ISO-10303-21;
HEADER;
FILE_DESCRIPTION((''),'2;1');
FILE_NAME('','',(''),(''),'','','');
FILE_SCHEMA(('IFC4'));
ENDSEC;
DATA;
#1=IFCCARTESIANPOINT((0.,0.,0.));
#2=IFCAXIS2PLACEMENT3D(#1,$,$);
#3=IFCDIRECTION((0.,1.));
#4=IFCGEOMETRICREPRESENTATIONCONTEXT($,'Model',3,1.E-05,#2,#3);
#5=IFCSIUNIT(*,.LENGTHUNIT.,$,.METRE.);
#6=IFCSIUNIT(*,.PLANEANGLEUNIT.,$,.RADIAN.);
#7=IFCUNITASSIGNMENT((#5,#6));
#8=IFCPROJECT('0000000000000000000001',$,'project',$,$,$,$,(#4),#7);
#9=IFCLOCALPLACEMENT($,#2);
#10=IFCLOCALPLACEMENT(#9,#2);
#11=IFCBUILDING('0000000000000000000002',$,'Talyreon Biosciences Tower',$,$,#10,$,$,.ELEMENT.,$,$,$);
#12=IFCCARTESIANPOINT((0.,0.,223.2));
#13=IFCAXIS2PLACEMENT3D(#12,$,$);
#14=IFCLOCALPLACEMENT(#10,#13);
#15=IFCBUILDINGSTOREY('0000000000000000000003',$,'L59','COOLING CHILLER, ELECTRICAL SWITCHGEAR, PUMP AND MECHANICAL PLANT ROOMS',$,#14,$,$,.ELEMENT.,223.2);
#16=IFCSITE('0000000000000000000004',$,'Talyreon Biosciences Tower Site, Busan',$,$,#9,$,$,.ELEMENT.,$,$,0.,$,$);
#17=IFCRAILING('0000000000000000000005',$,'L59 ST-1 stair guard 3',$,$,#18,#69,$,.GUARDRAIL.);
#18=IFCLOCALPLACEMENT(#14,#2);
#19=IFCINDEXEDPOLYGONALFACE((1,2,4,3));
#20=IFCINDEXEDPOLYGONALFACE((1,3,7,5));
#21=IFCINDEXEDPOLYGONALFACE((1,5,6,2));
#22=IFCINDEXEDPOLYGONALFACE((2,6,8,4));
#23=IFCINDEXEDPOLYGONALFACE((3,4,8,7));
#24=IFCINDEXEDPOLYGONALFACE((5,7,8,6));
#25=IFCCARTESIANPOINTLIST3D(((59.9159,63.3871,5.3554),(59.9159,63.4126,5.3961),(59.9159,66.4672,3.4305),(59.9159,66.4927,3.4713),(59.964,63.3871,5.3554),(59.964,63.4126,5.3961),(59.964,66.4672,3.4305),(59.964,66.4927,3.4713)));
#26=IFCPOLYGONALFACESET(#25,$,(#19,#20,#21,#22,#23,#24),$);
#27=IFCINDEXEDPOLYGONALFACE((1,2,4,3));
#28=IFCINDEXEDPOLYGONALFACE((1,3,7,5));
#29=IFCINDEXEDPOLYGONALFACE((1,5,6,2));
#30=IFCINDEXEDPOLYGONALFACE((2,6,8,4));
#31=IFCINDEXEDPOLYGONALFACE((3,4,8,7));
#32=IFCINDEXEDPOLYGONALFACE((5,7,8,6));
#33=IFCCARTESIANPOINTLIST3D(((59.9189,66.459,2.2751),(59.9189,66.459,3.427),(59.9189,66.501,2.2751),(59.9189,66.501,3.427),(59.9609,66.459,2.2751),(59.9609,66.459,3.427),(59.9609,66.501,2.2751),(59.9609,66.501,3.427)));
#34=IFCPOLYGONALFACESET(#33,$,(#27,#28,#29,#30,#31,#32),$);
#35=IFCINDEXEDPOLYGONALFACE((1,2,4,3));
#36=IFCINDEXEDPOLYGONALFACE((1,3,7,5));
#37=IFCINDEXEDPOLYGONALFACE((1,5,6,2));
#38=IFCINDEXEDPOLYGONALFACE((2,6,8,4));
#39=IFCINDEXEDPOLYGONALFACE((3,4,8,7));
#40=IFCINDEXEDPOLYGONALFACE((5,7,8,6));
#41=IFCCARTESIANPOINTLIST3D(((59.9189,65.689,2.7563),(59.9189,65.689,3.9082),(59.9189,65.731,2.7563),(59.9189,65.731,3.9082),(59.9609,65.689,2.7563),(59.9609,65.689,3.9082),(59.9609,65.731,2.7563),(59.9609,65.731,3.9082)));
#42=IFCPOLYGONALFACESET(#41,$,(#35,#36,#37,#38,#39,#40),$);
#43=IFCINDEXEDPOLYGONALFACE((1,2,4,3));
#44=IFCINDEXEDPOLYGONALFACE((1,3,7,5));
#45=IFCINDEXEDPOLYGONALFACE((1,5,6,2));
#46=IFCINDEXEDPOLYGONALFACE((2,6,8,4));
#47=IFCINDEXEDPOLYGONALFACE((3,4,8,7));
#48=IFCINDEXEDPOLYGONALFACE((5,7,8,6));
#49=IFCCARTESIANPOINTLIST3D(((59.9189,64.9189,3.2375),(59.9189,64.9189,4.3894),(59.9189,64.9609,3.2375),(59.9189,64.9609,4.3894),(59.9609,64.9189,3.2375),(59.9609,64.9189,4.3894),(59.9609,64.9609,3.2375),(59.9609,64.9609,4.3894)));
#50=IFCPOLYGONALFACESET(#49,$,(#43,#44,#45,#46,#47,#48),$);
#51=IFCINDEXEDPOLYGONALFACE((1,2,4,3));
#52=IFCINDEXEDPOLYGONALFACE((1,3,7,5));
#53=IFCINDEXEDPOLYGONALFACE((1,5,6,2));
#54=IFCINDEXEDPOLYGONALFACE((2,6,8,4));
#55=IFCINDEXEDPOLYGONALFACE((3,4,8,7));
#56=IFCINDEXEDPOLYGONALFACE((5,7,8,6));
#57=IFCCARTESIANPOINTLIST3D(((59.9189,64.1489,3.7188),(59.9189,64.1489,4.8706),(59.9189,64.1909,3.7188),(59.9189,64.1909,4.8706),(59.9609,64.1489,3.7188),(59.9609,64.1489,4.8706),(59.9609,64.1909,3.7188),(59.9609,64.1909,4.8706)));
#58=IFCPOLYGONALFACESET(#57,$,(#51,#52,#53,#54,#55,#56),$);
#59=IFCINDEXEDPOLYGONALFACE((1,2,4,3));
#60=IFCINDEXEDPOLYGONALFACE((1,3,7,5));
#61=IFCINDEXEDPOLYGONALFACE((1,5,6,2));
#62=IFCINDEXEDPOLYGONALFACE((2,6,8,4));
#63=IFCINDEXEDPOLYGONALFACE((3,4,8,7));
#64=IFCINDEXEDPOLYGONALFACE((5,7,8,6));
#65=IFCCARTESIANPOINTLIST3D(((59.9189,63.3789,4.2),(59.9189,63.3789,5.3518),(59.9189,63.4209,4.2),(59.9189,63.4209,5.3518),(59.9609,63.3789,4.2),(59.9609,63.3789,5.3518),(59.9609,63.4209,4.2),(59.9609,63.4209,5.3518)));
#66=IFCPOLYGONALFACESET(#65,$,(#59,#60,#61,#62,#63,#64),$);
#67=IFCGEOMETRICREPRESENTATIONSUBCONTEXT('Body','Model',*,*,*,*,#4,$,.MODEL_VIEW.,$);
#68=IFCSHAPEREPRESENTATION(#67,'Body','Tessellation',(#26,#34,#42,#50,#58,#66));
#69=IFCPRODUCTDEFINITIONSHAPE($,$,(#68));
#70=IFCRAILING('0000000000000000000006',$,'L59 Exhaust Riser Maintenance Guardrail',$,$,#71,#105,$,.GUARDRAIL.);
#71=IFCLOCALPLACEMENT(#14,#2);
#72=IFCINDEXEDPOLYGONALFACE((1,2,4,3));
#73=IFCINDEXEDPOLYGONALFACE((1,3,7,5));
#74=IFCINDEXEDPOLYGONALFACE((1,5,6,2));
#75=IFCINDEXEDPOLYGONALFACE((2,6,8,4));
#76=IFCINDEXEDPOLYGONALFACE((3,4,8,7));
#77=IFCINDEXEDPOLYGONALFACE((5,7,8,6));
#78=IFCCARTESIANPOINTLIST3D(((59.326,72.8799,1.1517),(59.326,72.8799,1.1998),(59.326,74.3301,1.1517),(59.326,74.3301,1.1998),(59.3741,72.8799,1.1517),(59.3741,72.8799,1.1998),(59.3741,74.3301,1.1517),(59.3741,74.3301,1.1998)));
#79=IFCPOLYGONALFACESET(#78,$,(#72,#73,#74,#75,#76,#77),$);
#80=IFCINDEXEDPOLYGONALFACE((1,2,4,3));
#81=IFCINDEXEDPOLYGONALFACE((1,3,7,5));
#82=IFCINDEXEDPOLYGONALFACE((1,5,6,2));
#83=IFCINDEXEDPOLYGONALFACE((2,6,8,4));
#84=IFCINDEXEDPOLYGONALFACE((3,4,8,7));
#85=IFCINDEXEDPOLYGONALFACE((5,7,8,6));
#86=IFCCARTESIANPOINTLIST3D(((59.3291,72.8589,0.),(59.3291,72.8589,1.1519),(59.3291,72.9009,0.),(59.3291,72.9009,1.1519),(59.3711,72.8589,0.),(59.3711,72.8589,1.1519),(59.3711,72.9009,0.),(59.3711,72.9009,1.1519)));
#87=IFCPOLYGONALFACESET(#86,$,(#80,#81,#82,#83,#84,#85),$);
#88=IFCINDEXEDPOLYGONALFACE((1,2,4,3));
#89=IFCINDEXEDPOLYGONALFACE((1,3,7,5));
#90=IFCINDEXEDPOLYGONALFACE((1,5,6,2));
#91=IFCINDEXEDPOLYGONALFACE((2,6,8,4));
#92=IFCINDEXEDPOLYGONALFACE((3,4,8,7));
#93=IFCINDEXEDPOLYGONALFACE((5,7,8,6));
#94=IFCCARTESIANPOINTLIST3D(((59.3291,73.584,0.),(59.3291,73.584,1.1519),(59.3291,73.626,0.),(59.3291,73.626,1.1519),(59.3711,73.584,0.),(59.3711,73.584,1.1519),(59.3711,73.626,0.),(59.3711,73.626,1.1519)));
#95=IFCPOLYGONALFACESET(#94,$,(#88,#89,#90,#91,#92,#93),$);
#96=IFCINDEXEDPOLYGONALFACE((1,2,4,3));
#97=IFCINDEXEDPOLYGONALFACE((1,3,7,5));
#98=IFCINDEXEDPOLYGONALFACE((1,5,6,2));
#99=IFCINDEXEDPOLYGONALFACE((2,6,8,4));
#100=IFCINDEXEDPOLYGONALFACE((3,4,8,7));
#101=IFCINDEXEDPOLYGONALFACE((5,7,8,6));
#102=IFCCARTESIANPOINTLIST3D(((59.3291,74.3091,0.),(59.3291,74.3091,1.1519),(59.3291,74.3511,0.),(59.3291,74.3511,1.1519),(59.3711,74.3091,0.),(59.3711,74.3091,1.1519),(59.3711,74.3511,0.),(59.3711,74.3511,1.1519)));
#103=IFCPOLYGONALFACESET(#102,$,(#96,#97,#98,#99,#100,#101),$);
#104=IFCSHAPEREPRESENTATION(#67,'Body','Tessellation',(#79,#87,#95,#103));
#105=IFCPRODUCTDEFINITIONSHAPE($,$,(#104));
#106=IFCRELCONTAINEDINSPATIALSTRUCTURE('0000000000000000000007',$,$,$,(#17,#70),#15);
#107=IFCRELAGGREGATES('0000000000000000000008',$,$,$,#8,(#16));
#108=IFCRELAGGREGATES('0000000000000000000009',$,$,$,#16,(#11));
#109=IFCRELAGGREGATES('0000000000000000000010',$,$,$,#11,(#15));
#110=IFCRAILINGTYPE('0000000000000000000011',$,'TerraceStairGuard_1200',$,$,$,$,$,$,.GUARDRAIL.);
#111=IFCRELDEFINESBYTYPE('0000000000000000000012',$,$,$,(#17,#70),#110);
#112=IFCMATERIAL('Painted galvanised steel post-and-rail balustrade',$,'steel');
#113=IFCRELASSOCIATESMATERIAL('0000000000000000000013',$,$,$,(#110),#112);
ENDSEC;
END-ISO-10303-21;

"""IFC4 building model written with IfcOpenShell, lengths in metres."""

from ifc_helpers import new_model, si_unit, direction, frame, origin, origin_2d, place, context, subcontext, project, spatial, rectangle, extrude, material, type_object, element, save


model = new_model("IFC4")

# Units and contexts
model_context = context("Model", 3, precision=1e-05, world=origin(), true_north=direction((0.0, 1.0)))
body_context = subcontext(model_context, "Body", "Model", "MODEL_VIEW")
ifc_project = project(units=[si_unit("LENGTHUNIT", "METRE"), si_unit("PLANEANGLEUNIT", "RADIAN")], contexts=[model_context])

# Site, building, storey
site_placement = place(None, origin())
site = spatial("IfcSite", under=ifc_project, at=site_placement, Name="Talyreon Biosciences Tower Site, Busan", CompositionType="ELEMENT", RefElevation=0.0)
building_placement = place(site_placement, origin())
building = spatial("IfcBuilding", under=site, at=building_placement, Name="Talyreon Biosciences Tower", CompositionType="ELEMENT")
storey_placement = place(building_placement, frame((0.0, 0.0, 223.2)))
storey = spatial("IfcBuildingStorey", under=building, at=storey_placement, Name="L59", Description="COOLING CHILLER, ELECTRICAL SWITCHGEAR, PUMP AND MECHANICAL PLANT ROOMS", CompositionType="ELEMENT", Elevation=223.2)

# Railings
ifc_material_1 = material(Name="Painted galvanised steel post-and-rail balustrade", Category="steel")
railing_type_1 = type_object("IfcRailingType", Name="TerraceStairGuard_1200", PredefinedType="GUARDRAIL", material=ifc_material_1)
railing_1_placement = place(storey_placement, frame((59.9399, 66.48, 2.2751)))
element("IfcRailing", 1, at=railing_1_placement, inside=storey, type_object=railing_type_1, Name="L59 ST-1 stair guard 3", PredefinedType="GUARDRAIL", context=body_context, shape_type="SweptSolid", body=[
    extrude(rectangle(XDim=0.0481, YDim=0.0481, at=origin_2d()), frame((0.0, 0.0, 1.1758), z_axis=(0.0, -0.848029, 0.529951), x_axis=(1.0, 0.0, 0.0)), (0.0, 0.0, 1.0), 3.6321),
    extrude(rectangle(XDim=0.042, YDim=0.042, at=origin_2d()), origin(), (0.0, 0.0, 1.0), 1.1519),
    extrude(rectangle(XDim=0.042, YDim=0.042, at=origin_2d()), frame((0.0, -0.77, 0.4812)), (0.0, 0.0, 1.0), 1.1519),
    extrude(rectangle(XDim=0.042, YDim=0.042, at=origin_2d()), frame((0.0, -1.54, 0.9624)), (0.0, 0.0, 1.0), 1.1519),
    extrude(rectangle(XDim=0.042, YDim=0.042, at=origin_2d()), frame((0.0, -2.3101, 1.4436)), (0.0, 0.0, 1.0), 1.1519),
    extrude(rectangle(XDim=0.042, YDim=0.042, at=origin_2d()), frame((0.0, -3.0801, 1.9248)), (0.0, 0.0, 1.0), 1.1519),
])
railing_2_placement = place(storey_placement, frame((59.3501, 72.8799, 0.0)))
element("IfcRailing", 2, at=railing_2_placement, inside=storey, type_object=railing_type_1, Name="L59 Exhaust Riser Maintenance Guardrail", PredefinedType="GUARDRAIL", context=body_context, shape_type="SweptSolid", body=[
    extrude(rectangle(XDim=0.0481, YDim=0.0481, at=origin_2d()), frame((0.0, 0.0, 1.1758), z_axis=(0.0, 1.0, 0.0), x_axis=(-1.0, 0.0, 0.0)), (0.0, 0.0, 1.0), 1.4502),
    extrude(rectangle(XDim=0.042, YDim=0.042, at=origin_2d()), origin(), (0.0, 0.0, 1.0), 1.1519),
    extrude(rectangle(XDim=0.042, YDim=0.042, at=origin_2d()), frame((0.0, 0.7251, 0.0)), (0.0, 0.0, 1.0), 1.1519),
    extrude(rectangle(XDim=0.042, YDim=0.042, at=origin_2d()), frame((0.0, 1.4502, 0.0)), (0.0, 0.0, 1.0), 1.1519),
])

save(model, "model.ifc")
